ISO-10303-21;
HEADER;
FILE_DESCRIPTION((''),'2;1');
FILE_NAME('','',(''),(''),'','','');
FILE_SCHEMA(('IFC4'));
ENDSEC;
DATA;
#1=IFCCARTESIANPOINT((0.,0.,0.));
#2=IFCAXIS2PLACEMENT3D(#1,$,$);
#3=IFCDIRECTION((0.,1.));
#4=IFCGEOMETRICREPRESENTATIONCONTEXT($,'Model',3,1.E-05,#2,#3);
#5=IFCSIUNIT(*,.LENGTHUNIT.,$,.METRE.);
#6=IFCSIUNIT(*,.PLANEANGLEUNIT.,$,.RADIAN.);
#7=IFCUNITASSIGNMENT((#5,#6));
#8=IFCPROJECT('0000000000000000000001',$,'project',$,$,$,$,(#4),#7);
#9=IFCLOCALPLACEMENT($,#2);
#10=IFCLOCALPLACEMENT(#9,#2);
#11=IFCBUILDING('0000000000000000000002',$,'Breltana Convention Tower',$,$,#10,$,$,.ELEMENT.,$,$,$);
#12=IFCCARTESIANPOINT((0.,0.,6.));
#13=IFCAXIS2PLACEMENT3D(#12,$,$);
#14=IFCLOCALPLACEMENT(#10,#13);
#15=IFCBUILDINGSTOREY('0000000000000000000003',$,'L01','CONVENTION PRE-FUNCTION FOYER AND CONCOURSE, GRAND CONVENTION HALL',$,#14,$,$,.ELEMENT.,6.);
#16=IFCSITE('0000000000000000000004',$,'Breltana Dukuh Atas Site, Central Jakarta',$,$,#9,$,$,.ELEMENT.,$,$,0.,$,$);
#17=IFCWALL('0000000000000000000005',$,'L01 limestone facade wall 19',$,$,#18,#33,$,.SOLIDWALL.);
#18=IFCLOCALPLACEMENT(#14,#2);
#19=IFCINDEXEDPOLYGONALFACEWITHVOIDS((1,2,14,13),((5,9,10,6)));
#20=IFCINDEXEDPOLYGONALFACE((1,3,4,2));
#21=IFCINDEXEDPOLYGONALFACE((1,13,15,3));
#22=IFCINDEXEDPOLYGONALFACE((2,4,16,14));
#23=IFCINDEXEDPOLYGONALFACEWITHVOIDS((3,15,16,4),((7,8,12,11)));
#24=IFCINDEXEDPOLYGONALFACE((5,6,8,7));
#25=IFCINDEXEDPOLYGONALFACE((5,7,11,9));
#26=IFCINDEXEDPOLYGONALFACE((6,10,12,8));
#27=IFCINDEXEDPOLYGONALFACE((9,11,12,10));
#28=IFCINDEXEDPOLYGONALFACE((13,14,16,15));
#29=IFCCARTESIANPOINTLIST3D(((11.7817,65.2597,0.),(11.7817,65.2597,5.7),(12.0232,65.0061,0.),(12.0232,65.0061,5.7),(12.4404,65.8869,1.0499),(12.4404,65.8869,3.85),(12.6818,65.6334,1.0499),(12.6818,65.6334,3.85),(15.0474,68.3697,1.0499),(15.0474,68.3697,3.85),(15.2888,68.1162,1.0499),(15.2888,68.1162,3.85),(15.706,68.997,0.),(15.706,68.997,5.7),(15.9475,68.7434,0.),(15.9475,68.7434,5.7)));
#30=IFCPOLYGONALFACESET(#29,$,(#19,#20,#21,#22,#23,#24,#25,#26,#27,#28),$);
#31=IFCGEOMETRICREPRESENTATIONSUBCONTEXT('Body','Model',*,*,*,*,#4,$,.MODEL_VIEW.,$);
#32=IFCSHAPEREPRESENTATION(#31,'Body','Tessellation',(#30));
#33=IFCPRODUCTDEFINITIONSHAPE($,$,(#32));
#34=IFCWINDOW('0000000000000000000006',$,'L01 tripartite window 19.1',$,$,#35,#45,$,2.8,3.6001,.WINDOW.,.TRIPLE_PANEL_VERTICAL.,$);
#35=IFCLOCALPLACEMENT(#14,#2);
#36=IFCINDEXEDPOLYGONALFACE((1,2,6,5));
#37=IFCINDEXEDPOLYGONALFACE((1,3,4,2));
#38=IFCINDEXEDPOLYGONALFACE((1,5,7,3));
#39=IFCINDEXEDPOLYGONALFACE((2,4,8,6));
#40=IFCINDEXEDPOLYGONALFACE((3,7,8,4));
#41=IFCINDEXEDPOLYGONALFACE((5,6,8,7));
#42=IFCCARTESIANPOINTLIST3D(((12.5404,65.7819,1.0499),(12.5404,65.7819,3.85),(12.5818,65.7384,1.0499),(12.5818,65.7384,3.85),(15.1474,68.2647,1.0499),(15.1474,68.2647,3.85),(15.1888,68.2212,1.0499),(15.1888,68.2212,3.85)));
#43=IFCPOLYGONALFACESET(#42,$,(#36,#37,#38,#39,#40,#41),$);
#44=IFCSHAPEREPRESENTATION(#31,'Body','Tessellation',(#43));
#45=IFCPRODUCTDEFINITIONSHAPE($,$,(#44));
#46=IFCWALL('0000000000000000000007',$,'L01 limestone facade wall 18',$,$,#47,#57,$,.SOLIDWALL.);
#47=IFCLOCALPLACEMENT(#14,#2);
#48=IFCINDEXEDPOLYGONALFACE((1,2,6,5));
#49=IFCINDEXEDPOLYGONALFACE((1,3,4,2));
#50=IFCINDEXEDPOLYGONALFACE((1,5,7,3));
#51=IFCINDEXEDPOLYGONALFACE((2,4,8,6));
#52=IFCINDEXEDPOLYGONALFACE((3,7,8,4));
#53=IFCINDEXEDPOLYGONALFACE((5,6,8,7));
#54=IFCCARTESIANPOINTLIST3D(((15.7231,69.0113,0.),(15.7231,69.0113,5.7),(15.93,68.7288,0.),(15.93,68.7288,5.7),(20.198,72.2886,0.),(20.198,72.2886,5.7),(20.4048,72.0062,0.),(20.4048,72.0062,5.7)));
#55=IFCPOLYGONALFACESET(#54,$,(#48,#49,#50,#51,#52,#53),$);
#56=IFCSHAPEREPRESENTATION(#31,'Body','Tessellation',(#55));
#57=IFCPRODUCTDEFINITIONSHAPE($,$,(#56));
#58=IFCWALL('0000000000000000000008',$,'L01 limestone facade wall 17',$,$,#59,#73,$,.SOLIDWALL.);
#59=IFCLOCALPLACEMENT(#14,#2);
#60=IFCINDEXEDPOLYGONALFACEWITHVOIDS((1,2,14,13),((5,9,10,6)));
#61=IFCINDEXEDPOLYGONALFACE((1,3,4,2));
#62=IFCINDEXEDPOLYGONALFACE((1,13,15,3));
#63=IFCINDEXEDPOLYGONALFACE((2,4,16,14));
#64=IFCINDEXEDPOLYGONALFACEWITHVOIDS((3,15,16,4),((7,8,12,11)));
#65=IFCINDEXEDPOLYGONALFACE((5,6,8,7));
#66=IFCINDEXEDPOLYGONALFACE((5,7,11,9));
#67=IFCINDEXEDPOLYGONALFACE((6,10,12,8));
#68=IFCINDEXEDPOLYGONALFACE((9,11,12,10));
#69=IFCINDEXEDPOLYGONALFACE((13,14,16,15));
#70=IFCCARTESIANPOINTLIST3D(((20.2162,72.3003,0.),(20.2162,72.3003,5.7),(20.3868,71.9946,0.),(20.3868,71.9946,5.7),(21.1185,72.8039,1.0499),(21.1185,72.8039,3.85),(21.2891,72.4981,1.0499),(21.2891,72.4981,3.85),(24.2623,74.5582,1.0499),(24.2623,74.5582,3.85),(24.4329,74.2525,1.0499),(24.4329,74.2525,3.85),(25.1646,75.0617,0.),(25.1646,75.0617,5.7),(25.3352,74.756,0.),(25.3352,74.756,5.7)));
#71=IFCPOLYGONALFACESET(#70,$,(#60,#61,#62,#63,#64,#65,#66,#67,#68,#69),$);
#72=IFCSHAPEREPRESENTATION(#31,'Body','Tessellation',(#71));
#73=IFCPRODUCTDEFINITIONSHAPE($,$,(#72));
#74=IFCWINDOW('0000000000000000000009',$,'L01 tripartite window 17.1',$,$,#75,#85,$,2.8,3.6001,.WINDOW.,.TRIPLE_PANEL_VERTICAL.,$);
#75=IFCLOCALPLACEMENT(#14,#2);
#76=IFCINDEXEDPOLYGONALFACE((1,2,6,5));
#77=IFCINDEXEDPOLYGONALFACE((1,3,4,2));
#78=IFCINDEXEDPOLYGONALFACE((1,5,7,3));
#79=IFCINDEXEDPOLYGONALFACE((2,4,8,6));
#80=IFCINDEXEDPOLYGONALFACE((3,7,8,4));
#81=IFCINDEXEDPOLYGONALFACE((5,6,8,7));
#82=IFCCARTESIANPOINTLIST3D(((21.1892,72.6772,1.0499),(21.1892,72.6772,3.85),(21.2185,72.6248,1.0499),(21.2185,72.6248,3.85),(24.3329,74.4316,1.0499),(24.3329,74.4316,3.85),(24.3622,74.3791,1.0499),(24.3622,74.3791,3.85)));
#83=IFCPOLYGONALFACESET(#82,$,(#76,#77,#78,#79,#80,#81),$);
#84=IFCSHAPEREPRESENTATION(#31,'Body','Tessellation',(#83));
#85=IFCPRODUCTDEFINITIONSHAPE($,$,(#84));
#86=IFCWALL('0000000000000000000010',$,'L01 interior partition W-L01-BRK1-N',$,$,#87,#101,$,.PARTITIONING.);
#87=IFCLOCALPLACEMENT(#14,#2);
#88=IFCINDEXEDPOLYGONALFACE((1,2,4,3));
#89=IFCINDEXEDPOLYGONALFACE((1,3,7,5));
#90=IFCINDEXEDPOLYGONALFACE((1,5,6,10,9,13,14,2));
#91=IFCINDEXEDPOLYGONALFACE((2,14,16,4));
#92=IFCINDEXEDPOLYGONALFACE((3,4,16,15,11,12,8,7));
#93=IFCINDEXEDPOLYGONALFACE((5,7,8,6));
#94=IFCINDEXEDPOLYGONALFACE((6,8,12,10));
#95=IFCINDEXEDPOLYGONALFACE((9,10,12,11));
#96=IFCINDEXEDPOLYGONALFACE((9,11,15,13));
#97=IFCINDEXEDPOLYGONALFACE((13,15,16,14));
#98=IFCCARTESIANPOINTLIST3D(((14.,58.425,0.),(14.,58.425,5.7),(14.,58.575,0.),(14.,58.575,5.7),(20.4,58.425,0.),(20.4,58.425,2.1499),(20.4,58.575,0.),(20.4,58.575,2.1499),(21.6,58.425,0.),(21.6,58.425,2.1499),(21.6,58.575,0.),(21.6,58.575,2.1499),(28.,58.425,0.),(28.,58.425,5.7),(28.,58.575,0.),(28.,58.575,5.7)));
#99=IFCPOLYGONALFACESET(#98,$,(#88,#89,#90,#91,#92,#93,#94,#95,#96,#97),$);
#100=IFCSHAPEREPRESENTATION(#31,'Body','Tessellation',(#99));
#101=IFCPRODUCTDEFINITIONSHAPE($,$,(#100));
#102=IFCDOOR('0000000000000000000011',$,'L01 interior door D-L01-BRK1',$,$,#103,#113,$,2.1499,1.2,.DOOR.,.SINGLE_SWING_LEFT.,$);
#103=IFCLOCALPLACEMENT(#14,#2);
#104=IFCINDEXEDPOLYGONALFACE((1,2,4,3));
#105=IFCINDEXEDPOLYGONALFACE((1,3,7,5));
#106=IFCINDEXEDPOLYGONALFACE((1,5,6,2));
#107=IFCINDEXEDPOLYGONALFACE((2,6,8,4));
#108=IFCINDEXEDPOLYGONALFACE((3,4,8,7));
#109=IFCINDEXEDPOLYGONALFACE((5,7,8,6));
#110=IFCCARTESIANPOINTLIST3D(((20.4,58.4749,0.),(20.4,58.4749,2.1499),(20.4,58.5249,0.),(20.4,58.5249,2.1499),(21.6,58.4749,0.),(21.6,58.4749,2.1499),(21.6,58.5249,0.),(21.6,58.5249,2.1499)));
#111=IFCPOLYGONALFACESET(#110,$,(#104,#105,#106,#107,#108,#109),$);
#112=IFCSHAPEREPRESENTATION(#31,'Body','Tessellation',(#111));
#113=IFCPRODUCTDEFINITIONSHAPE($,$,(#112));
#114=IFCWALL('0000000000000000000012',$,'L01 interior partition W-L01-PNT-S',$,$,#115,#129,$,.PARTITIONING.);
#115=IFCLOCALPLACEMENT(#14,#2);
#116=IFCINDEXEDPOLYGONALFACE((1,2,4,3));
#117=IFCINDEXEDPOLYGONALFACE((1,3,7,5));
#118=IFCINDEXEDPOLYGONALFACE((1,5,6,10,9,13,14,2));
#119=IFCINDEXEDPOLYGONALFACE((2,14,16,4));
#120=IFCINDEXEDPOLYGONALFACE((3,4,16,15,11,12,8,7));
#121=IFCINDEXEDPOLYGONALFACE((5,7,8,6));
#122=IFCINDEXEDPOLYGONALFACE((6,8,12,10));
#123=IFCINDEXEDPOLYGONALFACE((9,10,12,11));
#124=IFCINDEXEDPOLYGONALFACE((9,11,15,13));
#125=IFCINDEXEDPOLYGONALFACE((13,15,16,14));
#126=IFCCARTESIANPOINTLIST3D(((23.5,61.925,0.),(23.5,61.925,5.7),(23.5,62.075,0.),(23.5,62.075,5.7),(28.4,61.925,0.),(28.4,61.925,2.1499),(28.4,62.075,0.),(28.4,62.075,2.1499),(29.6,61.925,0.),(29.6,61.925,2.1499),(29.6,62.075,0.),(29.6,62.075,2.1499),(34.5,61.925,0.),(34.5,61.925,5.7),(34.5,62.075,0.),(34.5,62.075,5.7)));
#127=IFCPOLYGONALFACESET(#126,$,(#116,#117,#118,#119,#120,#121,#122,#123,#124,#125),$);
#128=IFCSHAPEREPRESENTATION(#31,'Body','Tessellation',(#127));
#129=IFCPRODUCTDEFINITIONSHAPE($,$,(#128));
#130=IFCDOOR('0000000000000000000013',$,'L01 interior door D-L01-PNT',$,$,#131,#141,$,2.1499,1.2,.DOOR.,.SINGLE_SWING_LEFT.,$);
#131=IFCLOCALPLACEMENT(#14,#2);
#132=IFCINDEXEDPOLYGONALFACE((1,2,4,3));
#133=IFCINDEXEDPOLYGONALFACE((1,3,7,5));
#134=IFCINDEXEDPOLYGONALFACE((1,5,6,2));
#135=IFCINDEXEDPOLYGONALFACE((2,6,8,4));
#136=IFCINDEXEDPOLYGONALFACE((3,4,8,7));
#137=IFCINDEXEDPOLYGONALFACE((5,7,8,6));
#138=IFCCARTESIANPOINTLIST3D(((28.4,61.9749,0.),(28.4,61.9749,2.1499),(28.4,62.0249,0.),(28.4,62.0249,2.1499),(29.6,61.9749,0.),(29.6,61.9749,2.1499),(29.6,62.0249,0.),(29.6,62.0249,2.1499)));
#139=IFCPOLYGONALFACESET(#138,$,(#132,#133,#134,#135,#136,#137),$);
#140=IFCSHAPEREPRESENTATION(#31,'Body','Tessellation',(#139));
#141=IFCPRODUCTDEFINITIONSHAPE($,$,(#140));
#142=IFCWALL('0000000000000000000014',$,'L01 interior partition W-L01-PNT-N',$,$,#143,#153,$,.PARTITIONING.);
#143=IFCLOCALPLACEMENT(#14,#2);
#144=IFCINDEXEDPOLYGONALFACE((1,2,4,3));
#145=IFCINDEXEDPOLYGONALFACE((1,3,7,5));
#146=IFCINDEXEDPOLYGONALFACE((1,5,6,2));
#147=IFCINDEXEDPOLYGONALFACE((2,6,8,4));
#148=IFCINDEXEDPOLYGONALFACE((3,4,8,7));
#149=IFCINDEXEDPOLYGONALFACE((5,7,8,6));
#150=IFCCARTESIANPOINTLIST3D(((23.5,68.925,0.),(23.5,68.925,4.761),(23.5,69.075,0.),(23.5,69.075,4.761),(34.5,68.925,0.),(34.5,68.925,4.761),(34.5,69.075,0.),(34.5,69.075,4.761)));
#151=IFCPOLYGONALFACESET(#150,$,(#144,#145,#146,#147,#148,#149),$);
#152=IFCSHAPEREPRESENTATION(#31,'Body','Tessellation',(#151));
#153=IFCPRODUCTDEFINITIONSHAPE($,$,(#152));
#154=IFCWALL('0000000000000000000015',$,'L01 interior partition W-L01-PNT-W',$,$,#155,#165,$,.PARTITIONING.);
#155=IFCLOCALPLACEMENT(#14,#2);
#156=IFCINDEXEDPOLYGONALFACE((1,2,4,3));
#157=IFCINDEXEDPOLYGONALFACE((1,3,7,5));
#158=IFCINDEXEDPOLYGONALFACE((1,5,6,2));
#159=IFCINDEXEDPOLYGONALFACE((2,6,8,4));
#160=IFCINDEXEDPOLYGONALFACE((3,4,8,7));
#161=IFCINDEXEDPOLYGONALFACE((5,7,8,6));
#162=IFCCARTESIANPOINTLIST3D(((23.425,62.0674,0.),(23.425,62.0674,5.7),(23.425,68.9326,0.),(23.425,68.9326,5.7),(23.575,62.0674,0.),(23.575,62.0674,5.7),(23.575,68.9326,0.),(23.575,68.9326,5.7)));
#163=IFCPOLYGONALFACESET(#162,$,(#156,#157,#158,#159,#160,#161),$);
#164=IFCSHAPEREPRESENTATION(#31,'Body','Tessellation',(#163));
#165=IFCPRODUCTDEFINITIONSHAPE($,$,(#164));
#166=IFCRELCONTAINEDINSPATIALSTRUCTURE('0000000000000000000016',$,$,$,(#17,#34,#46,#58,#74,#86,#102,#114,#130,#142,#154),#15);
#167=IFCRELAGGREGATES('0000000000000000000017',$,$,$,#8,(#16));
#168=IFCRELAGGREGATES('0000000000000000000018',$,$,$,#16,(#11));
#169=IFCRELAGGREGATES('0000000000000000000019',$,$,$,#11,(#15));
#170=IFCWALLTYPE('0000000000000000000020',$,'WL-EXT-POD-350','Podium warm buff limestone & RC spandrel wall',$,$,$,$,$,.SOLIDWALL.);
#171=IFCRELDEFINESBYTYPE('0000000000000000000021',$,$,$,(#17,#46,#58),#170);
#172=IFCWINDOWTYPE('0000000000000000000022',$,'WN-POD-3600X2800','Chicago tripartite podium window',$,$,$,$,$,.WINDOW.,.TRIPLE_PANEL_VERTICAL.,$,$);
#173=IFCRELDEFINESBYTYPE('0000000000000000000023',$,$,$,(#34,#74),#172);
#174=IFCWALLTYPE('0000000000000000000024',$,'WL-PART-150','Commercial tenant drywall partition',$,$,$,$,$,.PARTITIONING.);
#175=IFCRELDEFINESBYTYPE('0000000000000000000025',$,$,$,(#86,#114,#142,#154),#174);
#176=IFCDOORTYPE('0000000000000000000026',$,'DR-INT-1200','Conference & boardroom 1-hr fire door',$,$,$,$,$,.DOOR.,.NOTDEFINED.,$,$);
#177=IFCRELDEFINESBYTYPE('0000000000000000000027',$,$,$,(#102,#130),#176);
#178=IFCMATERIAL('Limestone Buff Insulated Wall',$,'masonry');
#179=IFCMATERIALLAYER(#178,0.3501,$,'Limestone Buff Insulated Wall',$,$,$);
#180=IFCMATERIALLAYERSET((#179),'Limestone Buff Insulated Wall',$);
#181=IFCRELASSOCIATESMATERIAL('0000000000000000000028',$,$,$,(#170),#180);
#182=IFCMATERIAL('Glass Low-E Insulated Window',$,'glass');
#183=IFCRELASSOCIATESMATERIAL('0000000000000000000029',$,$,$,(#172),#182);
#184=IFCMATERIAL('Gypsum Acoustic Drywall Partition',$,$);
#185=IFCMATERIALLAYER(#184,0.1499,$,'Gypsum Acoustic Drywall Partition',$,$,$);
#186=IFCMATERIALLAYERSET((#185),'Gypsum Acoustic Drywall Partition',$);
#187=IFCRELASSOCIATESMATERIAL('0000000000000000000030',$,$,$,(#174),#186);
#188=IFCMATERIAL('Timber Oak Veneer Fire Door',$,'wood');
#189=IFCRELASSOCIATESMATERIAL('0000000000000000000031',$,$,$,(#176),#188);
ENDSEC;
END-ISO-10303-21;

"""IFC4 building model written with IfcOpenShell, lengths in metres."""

from ifc_helpers import new_model, si_unit, direction, frame, frame_2d, origin, place, context, subcontext, project, spatial, rectangle, extrude, source, transform, mapped, material, layer, layer_set, type_object, type_shapes, element, fill, save


model = new_model("IFC4")

# Units and contexts
model_context = context("Model", 3, precision=1e-05, world=origin(), true_north=direction((0.0, 1.0)))
body_context = subcontext(model_context, "Body", "Model", "MODEL_VIEW")
ifc_project = project(units=[si_unit("LENGTHUNIT", "METRE"), si_unit("PLANEANGLEUNIT", "RADIAN")], contexts=[model_context])

# Site, building, storey
site_placement = place(None, origin())
site = spatial("IfcSite", under=ifc_project, at=site_placement, Name="Breltana Dukuh Atas Site, Central Jakarta", CompositionType="ELEMENT", RefElevation=0.0)
building_placement = place(site_placement, origin())
building = spatial("IfcBuilding", under=site, at=building_placement, Name="Breltana Convention Tower", CompositionType="ELEMENT")
storey_placement = place(building_placement, frame((0.0, 0.0, 6.0)))
storey = spatial("IfcBuildingStorey", under=building, at=storey_placement, Name="L01", Description="CONVENTION PRE-FUNCTION FOYER AND CONCOURSE, GRAND CONVENTION HALL", CompositionType="ELEMENT", Elevation=6.0)

# Shared definitions
ifc_material_1 = material(Name="Limestone Buff Insulated Wall", Category="masonry")
ifc_layer_1 = layer(ifc_material_1, 0.3501, Name="Limestone Buff Insulated Wall")
ifc_layer_set_1 = layer_set([ifc_layer_1], Name="Limestone Buff Insulated Wall")
wall_type_1 = type_object("IfcWallType", Name="WL-EXT-POD-350", Description="Podium warm buff limestone & RC spandrel wall", PredefinedType="SOLIDWALL", material=ifc_layer_set_1)
ifc_material_2 = material(Name="Glass Low-E Insulated Window", Category="glass")

# Wall, opening, window
shared_shape_1 = source(origin(), body_context, "Body", "SweptSolid", [
    extrude(rectangle(XDim=5.4192, YDim=0.3501, at=frame_2d((2.7095, 0.0))), origin(), (0.0, 0.0, 1.0), 5.7),
])
wall_1_placement = place(storey_placement, frame((15.8267, 68.8701, 0.0), z_axis=(0.0, 0.0, 1.0), x_axis=(-0.724151, -0.689642, 0.0)))
wall_1 = element("IfcWall", 1, at=wall_1_placement, inside=storey, type_object=wall_type_1, Name="L01 limestone facade wall 19", PredefinedType="SOLIDWALL", context=body_context, shape_type="MappedRepresentation", body=[
    mapped(shared_shape_1, transform((0.0, 0.0, 0.0), scale=1.0)),
])
opening_1_placement = place(wall_1_placement, frame((0.9094, 0.0, 1.05)))
opening_1 = element("IfcOpeningElement", 2, at=opening_1_placement, cuts=wall_1, PredefinedType="OPENING", context=body_context, shape_type="SweptSolid", body=[
    extrude(rectangle(XDim=3.6001, YDim=2.8, at=frame_2d((1.8, 1.3999))), frame((0.0, 0.1851, 0.0), z_axis=(0.0, -1.0, 0.0), x_axis=(1.0, 0.0, 0.0)), (0.0, 0.0, 1.0), 0.3701),
])
window_type_1 = type_object("IfcWindowType", Name="WN-POD-3600X2800", Description="Chicago tripartite podium window", PartitioningType="TRIPLE_PANEL_VERTICAL", PredefinedType="WINDOW", material=ifc_material_2)
shared_shape_2 = source(origin(), body_context, "Body", "SweptSolid", [
    extrude(rectangle(XDim=3.6001, YDim=2.8, at=frame_2d((1.8, 1.3999))), frame((0.0, 0.03, 0.0), z_axis=(0.0, -1.0, 0.0), x_axis=(1.0, 0.0, 0.0)), (0.0, 0.0, 1.0), 0.0601),
])
type_shapes(window_type_1, [shared_shape_2])
window_1_placement = place(opening_1_placement, origin())
window_1 = element("IfcWindow", 3, at=window_1_placement, inside=storey, type_object=window_type_1, Name="L01 tripartite window 19.1", OverallHeight=2.8, OverallWidth=3.6001, PartitioningType="TRIPLE_PANEL_VERTICAL", PredefinedType="WINDOW", context=body_context, shape_type="MappedRepresentation", body=[
    mapped(shared_shape_2, transform((0.0, 0.0, 0.0), scale=1.0)),
])
fill(opening_1, window_1)

# Wall
shared_shape_3 = source(origin(), body_context, "Body", "SweptSolid", [
    extrude(rectangle(XDim=5.5466, YDim=0.3501, at=frame_2d((2.7734, 0.0))), origin(), (0.0, 0.0, 1.0), 5.7),
])
wall_2_placement = place(storey_placement, frame((20.3015, 72.1475, 0.0), z_axis=(0.0, 0.0, 1.0), x_axis=(-0.806767, -0.590869, 0.0)))
element("IfcWall", 4, at=wall_2_placement, inside=storey, type_object=wall_type_1, Name="L01 limestone facade wall 18", PredefinedType="SOLIDWALL", context=body_context, shape_type="MappedRepresentation", body=[
    mapped(shared_shape_3, transform((0.0, 0.0, 0.0), scale=1.0)),
])

# Wall, opening, window
shared_shape_4 = source(origin(), body_context, "Body", "SweptSolid", [
    extrude(rectangle(XDim=5.6667, YDim=0.3501, at=frame_2d((2.8335, 0.0))), origin(), (0.0, 0.0, 1.0), 5.7),
])
wall_3_placement = place(storey_placement, frame((25.25, 74.9089, 0.0), z_axis=(0.0, 0.0, 1.0), x_axis=(-0.873233, -0.487303, 0.0)))
wall_3 = element("IfcWall", 5, at=wall_3_placement, inside=storey, type_object=wall_type_1, Name="L01 limestone facade wall 17", PredefinedType="SOLIDWALL", context=body_context, shape_type="MappedRepresentation", body=[
    mapped(shared_shape_4, transform((0.0, 0.0, 0.0), scale=1.0)),
])
opening_2_placement = place(wall_3_placement, frame((1.0334, 0.0, 1.05)))
opening_2 = element("IfcOpeningElement", 6, at=opening_2_placement, cuts=wall_3, PredefinedType="OPENING", context=body_context, shape_type="SweptSolid", body=[
    extrude(rectangle(XDim=3.6001, YDim=2.8, at=frame_2d((1.8, 1.3999))), frame((0.0, 0.1851, 0.0), z_axis=(0.0, -1.0, 0.0), x_axis=(1.0, 0.0, 0.0)), (0.0, 0.0, 1.0), 0.3701),
])
window_2_placement = place(opening_2_placement, origin())
window_2 = element("IfcWindow", 7, at=window_2_placement, inside=storey, type_object=window_type_1, Name="L01 tripartite window 17.1", OverallHeight=2.8, OverallWidth=3.6001, PartitioningType="TRIPLE_PANEL_VERTICAL", PredefinedType="WINDOW", context=body_context, shape_type="MappedRepresentation", body=[
    mapped(shared_shape_2, transform((0.0, 0.0, 0.0), scale=1.0)),
])
fill(opening_2, window_2)

# Walls, openings, doors
ifc_material_3 = material(Name="Gypsum Acoustic Drywall Partition")
ifc_layer_2 = layer(ifc_material_3, 0.1499, Name="Gypsum Acoustic Drywall Partition")
ifc_layer_set_2 = layer_set([ifc_layer_2], Name="Gypsum Acoustic Drywall Partition")
wall_type_2 = type_object("IfcWallType", Name="WL-PART-150", Description="Commercial tenant drywall partition", PredefinedType="PARTITIONING", material=ifc_layer_set_2)
shared_shape_5 = source(origin(), body_context, "Body", "SweptSolid", [
    extrude(rectangle(XDim=14.0, YDim=0.1499, at=frame_2d((7.0, 0.0))), origin(), (0.0, 0.0, 1.0), 5.7),
])
wall_4_placement = place(storey_placement, frame((14.0, 58.5, 0.0), z_axis=(0.0, 0.0, 1.0), x_axis=(1.0, 0.0, 0.0)))
wall_4 = element("IfcWall", 8, at=wall_4_placement, inside=storey, type_object=wall_type_2, Name="L01 interior partition W-L01-BRK1-N", PredefinedType="PARTITIONING", context=body_context, shape_type="MappedRepresentation", body=[
    mapped(shared_shape_5, transform((0.0, 0.0, 0.0), scale=1.0)),
])
opening_3_placement = place(wall_4_placement, frame((6.3999, 0.0, 0.0)))
opening_3 = element("IfcOpeningElement", 9, at=opening_3_placement, cuts=wall_4, PredefinedType="OPENING", context=body_context, shape_type="SweptSolid", body=[
    extrude(rectangle(XDim=1.2, YDim=2.1499, at=frame_2d((0.6001, 1.075))), frame((0.0, 0.085, 0.0), z_axis=(0.0, -1.0, 0.0), x_axis=(1.0, 0.0, 0.0)), (0.0, 0.0, 1.0), 0.1699),
])
ifc_material_4 = material(Name="Timber Oak Veneer Fire Door", Category="wood")
door_type = type_object("IfcDoorType", Name="DR-INT-1200", Description="Conference & boardroom 1-hr fire door", OperationType="NOTDEFINED", PredefinedType="DOOR", material=ifc_material_4)
shared_shape_6 = source(origin(), body_context, "Body", "SweptSolid", [
    extrude(rectangle(XDim=1.2, YDim=2.1499, at=frame_2d((0.6001, 1.075))), frame((0.0, 0.0249, 0.0), z_axis=(0.0, -1.0, 0.0), x_axis=(1.0, 0.0, 0.0)), (0.0, 0.0, 1.0), 0.05),
])
type_shapes(door_type, [shared_shape_6])
door_1_placement = place(opening_3_placement, origin())
door_1 = element("IfcDoor", 10, at=door_1_placement, inside=storey, type_object=door_type, Name="L01 interior door D-L01-BRK1", OperationType="SINGLE_SWING_LEFT", OverallHeight=2.1499, OverallWidth=1.2, PredefinedType="DOOR", context=body_context, shape_type="MappedRepresentation", body=[
    mapped(shared_shape_6, transform((0.0, 0.0, 0.0), scale=1.0)),
])
fill(opening_3, door_1)
shared_shape_7 = source(origin(), body_context, "Body", "SweptSolid", [
    extrude(rectangle(XDim=11.0, YDim=0.1499, at=frame_2d((5.5, 0.0))), origin(), (0.0, 0.0, 1.0), 5.7),
])
wall_5_placement = place(storey_placement, frame((23.5, 62.0, 0.0), z_axis=(0.0, 0.0, 1.0), x_axis=(1.0, 0.0, 0.0)))
wall_5 = element("IfcWall", 11, at=wall_5_placement, inside=storey, type_object=wall_type_2, Name="L01 interior partition W-L01-PNT-S", PredefinedType="PARTITIONING", context=body_context, shape_type="MappedRepresentation", body=[
    mapped(shared_shape_7, transform((0.0, 0.0, 0.0), scale=1.0)),
])
opening_4_placement = place(wall_5_placement, frame((4.8999, 0.0, 0.0)))
opening_4 = element("IfcOpeningElement", 12, at=opening_4_placement, cuts=wall_5, PredefinedType="OPENING", context=body_context, shape_type="SweptSolid", body=[
    extrude(rectangle(XDim=1.2, YDim=2.1499, at=frame_2d((0.6001, 1.075))), frame((0.0, 0.085, 0.0), z_axis=(0.0, -1.0, 0.0), x_axis=(1.0, 0.0, 0.0)), (0.0, 0.0, 1.0), 0.1699),
])
door_2_placement = place(opening_4_placement, origin())
door_2 = element("IfcDoor", 13, at=door_2_placement, inside=storey, type_object=door_type, Name="L01 interior door D-L01-PNT", OperationType="SINGLE_SWING_LEFT", OverallHeight=2.1499, OverallWidth=1.2, PredefinedType="DOOR", context=body_context, shape_type="MappedRepresentation", body=[
    mapped(shared_shape_6, transform((0.0, 0.0, 0.0), scale=1.0)),
])
fill(opening_4, door_2)

# Walls
shared_shape_8 = source(origin(), body_context, "Body", "SweptSolid", [
    extrude(rectangle(XDim=11.0, YDim=0.1499, at=frame_2d((5.5, 0.0))), origin(), (0.0, 0.0, 1.0), 4.761),
])
wall_6_placement = place(storey_placement, frame((23.5, 69.0, 0.0), z_axis=(0.0, 0.0, 1.0), x_axis=(1.0, 0.0, 0.0)))
element("IfcWall", 14, at=wall_6_placement, inside=storey, type_object=wall_type_2, Name="L01 interior partition W-L01-PNT-N", PredefinedType="PARTITIONING", context=body_context, shape_type="MappedRepresentation", body=[
    mapped(shared_shape_8, transform((0.0, 0.0, 0.0), scale=1.0)),
])
shared_shape_9 = source(origin(), body_context, "Body", "SweptSolid", [
    extrude(rectangle(XDim=6.8652, YDim=0.1499, at=frame_2d((3.4326, 0.0))), origin(), (0.0, 0.0, 1.0), 5.7),
])
wall_7_placement = place(storey_placement, frame((23.5, 62.0674, 0.0), z_axis=(0.0, 0.0, 1.0), x_axis=(0.0, 1.0, 0.0)))
element("IfcWall", 15, at=wall_7_placement, inside=storey, type_object=wall_type_2, Name="L01 interior partition W-L01-PNT-W", PredefinedType="PARTITIONING", context=body_context, shape_type="MappedRepresentation", body=[
    mapped(shared_shape_9, transform((0.0, 0.0, 0.0), scale=1.0)),
])

save(model, "model.ifc")
